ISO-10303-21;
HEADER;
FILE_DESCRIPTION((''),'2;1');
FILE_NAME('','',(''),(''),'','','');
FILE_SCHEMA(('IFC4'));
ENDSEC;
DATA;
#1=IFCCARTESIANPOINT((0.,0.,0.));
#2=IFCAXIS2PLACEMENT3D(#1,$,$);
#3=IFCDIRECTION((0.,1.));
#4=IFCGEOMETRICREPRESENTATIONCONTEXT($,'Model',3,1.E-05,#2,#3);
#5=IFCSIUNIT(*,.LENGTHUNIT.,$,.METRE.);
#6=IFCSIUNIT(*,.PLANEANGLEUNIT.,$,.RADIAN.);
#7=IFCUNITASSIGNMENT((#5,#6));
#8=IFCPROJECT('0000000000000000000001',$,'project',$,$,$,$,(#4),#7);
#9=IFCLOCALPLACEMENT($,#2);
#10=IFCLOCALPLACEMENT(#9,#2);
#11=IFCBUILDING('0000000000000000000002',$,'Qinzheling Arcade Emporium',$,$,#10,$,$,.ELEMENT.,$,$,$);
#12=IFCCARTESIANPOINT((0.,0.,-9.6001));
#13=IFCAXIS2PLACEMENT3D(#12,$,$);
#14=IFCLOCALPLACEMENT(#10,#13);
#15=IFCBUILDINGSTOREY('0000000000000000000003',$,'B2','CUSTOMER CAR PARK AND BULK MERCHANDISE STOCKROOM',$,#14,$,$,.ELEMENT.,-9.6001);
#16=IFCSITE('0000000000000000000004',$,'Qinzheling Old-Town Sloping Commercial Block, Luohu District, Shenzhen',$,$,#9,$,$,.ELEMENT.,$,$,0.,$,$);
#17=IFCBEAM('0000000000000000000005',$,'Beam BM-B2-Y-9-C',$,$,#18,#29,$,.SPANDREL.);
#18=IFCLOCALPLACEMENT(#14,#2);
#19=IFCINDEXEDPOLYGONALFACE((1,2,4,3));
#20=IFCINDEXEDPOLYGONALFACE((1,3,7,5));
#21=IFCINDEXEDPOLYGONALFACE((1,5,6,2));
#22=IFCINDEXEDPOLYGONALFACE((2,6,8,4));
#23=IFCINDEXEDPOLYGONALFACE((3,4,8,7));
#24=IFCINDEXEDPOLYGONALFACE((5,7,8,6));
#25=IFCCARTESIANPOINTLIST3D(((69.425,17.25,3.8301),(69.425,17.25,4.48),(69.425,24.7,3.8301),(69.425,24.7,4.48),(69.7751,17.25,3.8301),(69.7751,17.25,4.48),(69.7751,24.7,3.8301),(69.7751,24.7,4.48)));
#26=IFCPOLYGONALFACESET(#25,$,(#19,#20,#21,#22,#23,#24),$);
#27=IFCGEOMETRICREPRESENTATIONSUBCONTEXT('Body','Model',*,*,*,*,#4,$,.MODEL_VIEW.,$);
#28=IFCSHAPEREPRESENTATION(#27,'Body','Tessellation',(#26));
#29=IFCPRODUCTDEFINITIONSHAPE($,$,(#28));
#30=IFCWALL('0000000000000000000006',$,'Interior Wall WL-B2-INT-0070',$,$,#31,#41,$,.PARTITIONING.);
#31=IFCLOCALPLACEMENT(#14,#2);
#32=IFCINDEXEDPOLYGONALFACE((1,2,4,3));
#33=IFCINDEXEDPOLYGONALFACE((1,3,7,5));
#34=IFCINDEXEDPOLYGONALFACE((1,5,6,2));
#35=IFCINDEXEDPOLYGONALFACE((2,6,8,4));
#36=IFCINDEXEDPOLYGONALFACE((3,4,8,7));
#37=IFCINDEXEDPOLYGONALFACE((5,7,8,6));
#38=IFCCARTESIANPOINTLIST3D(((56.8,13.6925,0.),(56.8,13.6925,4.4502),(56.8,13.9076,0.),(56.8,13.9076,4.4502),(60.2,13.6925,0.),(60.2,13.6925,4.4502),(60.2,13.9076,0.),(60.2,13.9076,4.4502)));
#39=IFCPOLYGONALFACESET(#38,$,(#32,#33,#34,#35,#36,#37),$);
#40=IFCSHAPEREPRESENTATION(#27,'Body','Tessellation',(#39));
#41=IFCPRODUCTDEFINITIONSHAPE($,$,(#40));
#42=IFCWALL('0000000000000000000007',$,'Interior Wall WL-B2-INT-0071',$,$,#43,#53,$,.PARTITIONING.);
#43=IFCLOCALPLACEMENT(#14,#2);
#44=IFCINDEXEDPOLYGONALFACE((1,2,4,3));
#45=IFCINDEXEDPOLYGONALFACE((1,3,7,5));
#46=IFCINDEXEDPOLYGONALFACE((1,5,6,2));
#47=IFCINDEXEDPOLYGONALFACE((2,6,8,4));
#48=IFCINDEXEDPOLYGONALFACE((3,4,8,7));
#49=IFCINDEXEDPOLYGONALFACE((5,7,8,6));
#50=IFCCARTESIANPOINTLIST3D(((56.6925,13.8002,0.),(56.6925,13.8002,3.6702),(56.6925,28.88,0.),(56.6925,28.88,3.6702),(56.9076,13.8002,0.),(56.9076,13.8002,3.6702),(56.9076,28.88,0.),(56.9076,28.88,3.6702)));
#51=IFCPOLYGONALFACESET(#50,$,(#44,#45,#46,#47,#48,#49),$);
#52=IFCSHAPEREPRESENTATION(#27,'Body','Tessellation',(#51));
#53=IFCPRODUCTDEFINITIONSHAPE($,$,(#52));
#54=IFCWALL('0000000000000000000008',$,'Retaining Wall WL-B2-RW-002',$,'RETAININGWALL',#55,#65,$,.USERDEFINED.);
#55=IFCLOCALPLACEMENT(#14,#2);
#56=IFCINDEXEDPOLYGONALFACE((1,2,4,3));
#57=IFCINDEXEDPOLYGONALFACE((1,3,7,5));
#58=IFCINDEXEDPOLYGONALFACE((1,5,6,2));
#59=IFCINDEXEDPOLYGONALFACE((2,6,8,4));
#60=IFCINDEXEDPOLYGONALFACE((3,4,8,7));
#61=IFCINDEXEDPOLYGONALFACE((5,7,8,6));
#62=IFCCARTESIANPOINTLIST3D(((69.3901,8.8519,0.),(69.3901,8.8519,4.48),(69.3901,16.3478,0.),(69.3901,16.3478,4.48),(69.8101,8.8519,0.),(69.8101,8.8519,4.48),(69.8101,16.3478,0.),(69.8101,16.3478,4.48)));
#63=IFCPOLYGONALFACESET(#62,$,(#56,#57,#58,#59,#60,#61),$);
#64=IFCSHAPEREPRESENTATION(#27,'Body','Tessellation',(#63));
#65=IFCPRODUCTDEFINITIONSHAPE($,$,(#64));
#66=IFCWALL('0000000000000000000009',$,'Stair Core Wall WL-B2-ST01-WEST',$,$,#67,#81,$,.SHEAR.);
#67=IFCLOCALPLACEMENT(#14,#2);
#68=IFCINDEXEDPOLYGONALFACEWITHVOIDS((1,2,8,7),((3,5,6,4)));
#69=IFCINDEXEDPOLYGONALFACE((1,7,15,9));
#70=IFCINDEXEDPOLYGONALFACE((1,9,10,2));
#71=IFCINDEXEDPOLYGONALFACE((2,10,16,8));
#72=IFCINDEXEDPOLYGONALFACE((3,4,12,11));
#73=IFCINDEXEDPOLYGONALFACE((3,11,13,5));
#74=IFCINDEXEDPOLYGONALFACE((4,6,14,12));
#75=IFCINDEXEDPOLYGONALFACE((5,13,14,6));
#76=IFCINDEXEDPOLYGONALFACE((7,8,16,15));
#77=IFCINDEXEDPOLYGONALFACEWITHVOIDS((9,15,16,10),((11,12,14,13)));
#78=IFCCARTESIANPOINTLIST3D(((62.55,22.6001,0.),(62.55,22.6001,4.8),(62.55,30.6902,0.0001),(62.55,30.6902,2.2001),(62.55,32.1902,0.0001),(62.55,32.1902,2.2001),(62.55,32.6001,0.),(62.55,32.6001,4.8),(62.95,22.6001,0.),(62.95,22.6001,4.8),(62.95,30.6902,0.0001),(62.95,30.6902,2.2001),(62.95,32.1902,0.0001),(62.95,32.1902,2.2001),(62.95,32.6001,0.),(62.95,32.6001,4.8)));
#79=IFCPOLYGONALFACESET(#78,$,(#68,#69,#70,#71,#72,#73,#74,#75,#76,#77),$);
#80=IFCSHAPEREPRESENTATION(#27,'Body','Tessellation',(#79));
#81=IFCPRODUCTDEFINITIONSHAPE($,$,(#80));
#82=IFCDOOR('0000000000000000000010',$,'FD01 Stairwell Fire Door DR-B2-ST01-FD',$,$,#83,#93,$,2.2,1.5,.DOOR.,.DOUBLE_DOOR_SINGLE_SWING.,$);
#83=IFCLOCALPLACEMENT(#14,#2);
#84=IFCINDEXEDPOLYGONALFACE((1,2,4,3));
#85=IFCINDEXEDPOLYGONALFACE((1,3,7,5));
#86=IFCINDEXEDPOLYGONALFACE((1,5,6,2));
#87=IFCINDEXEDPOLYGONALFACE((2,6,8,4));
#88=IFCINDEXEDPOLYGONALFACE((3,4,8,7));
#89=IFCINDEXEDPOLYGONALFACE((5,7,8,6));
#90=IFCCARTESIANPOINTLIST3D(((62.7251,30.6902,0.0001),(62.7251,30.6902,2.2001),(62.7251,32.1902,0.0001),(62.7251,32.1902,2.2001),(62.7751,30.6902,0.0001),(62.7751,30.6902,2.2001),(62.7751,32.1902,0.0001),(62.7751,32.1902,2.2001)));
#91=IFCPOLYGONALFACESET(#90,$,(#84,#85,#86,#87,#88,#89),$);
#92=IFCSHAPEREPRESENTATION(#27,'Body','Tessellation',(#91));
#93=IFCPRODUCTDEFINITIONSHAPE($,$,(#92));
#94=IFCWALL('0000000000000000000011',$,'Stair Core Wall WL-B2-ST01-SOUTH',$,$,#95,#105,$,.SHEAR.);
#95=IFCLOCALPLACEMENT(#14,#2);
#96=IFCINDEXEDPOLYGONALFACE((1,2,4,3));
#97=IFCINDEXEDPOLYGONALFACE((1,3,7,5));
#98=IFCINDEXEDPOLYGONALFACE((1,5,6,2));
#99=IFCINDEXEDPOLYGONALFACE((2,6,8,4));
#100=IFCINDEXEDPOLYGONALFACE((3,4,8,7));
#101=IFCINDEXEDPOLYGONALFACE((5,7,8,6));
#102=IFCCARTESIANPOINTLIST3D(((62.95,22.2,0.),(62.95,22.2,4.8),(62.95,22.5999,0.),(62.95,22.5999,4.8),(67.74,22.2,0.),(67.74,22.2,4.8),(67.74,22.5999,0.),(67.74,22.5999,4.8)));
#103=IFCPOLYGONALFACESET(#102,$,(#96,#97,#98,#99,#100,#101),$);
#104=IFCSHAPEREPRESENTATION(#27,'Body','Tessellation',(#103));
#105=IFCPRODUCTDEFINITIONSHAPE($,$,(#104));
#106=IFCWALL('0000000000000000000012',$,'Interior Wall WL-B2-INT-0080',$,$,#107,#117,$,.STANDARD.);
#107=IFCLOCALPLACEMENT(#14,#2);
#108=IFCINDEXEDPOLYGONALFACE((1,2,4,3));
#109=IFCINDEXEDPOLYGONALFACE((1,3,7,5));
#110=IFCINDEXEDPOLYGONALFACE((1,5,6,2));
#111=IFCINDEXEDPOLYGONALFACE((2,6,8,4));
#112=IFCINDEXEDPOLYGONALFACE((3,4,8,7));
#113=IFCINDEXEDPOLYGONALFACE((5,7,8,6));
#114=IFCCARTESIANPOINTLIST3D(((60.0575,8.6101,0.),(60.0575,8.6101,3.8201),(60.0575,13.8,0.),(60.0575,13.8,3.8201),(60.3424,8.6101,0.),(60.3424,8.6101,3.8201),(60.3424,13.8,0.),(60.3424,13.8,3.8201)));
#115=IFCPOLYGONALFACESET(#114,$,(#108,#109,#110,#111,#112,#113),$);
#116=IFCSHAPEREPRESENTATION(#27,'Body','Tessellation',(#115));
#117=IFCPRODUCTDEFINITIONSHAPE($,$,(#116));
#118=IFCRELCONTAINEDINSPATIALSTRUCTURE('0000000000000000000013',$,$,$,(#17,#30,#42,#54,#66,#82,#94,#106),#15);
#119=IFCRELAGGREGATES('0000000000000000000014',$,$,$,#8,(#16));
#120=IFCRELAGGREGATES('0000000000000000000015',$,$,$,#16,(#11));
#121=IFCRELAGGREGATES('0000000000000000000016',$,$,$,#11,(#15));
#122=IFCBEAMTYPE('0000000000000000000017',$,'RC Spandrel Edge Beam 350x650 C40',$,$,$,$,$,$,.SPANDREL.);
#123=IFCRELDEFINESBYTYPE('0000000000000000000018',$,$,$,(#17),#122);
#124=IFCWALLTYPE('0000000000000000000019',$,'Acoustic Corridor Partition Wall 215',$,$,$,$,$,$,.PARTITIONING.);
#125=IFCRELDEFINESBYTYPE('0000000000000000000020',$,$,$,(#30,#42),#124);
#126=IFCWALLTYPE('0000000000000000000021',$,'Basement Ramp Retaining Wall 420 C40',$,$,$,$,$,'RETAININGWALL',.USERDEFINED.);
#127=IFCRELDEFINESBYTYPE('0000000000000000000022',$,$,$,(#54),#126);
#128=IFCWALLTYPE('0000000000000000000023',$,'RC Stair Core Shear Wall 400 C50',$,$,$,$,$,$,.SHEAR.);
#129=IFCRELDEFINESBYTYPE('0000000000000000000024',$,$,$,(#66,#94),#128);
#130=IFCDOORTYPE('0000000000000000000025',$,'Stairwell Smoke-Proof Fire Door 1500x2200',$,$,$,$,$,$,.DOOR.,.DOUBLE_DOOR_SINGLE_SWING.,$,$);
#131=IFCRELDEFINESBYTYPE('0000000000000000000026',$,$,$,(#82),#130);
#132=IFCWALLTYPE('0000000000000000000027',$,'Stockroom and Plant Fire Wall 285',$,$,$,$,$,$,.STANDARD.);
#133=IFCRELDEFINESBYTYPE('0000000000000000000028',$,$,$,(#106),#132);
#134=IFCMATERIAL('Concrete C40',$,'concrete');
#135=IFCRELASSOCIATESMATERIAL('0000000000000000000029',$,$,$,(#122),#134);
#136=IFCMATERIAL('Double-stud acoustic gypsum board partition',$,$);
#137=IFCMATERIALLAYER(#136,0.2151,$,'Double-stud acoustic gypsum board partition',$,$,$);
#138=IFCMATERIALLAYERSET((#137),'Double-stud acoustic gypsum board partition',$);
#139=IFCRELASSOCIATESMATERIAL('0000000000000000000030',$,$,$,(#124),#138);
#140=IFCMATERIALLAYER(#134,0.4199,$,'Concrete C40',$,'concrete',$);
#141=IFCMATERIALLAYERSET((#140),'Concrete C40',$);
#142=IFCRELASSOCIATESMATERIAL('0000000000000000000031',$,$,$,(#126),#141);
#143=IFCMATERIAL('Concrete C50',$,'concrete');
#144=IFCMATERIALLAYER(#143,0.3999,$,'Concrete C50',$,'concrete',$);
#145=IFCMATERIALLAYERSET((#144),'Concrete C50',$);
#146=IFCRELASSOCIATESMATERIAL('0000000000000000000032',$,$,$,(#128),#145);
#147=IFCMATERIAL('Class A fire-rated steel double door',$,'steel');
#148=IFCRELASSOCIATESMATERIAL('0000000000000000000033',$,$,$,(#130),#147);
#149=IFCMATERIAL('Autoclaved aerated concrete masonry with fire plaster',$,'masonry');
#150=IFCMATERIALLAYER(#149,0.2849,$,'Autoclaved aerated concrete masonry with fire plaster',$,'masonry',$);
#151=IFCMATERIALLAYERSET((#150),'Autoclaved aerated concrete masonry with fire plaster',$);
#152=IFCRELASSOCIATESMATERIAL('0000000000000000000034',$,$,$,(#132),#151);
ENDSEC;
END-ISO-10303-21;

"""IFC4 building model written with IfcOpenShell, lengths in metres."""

from ifc_helpers import new_model, si_unit, direction, frame, frame_2d, origin, origin_2d, place, context, subcontext, project, spatial, rectangle, extrude, material, layer, layer_set, material_profile, profile_set, type_object, element, fill, save


model = new_model("IFC4")

# Units and contexts
model_context = context("Model", 3, precision=1e-05, world=origin(), true_north=direction((0.0, 1.0)))
body_context = subcontext(model_context, "Body", "Model", "MODEL_VIEW")
ifc_project = project(units=[si_unit("LENGTHUNIT", "METRE"), si_unit("PLANEANGLEUNIT", "RADIAN")], contexts=[model_context])

# Site, building, storey
site_placement = place(None, origin())
site = spatial("IfcSite", under=ifc_project, at=site_placement, Name="Qinzheling Old-Town Sloping Commercial Block, Luohu District, Shenzhen", CompositionType="ELEMENT", RefElevation=0.0)
building_placement = place(site_placement, origin())
building = spatial("IfcBuilding", under=site, at=building_placement, Name="Qinzheling Arcade Emporium", CompositionType="ELEMENT")
storey_placement = place(building_placement, frame((0.0, 0.0, -9.6001)))
storey = spatial("IfcBuildingStorey", under=building, at=storey_placement, Name="B2", Description="CUSTOMER CAR PARK AND BULK MERCHANDISE STOCKROOM", CompositionType="ELEMENT", Elevation=-9.6001)

# Shared definitions
ifc_material_1 = material(Name="Concrete C40", Category="concrete")

# Shared definitions
ifc_material_2 = material(Name="Concrete C50", Category="concrete")

# Beam
ifc_material_profile_1 = material_profile(ifc_material_1, rectangle(XDim=0.3501, YDim=0.6499, at=origin_2d()), Name="RC 350x650", Category="concrete")
ifc_profile_set_1 = profile_set([ifc_material_profile_1], Name="Concrete C40")
beam_type_1 = type_object("IfcBeamType", Name="RC Spandrel Edge Beam 350x650 C40", PredefinedType="SPANDREL", material=ifc_profile_set_1)
beam_1_placement = place(storey_placement, frame((69.6001, 17.25, 4.155), z_axis=(0.0, 1.0, 0.0), x_axis=(-1.0, 0.0, 0.0)))
element("IfcBeam", 1, at=beam_1_placement, inside=storey, type_object=beam_type_1, Name="Beam BM-B2-Y-9-C", PredefinedType="SPANDREL", context=body_context, shape_type="SweptSolid", body=[
    extrude(rectangle(XDim=0.3501, YDim=0.6499, at=origin_2d()), origin(), (0.0, 0.0, 1.0), 7.45),
])

# Walls
ifc_material_3 = material(Name="Double-stud acoustic gypsum board partition")
ifc_layer_1 = layer(ifc_material_3, 0.2151, Name="Double-stud acoustic gypsum board partition")
ifc_layer_set_1 = layer_set([ifc_layer_1], Name="Double-stud acoustic gypsum board partition")
wall_type_1 = type_object("IfcWallType", Name="Acoustic Corridor Partition Wall 215", PredefinedType="PARTITIONING", material=ifc_layer_set_1)
wall_1_placement = place(storey_placement, frame((60.2, 13.8, 0.0), z_axis=(0.0, 0.0, 1.0), x_axis=(-1.0, 0.0, 0.0)))
element("IfcWall", 2, at=wall_1_placement, inside=storey, type_object=wall_type_1, Name="Interior Wall WL-B2-INT-0070", PredefinedType="PARTITIONING", context=body_context, shape_type="SweptSolid", body=[
    extrude(rectangle(XDim=3.3999, YDim=0.2151, at=frame_2d((1.7, 0.0))), origin(), (0.0, 0.0, 1.0), 4.4502),
])
wall_2_placement = place(storey_placement, frame((56.8, 13.8, 0.0), z_axis=(0.0, 0.0, 1.0), x_axis=(0.0, 1.0, 0.0)))
element("IfcWall", 3, at=wall_2_placement, inside=storey, type_object=wall_type_1, Name="Interior Wall WL-B2-INT-0071", PredefinedType="PARTITIONING", context=body_context, shape_type="SweptSolid", body=[
    extrude(rectangle(XDim=15.0798, YDim=0.2151, at=frame_2d((7.54, 0.0))), origin(), (0.0, 0.0, 1.0), 3.6702),
])
ifc_layer_2 = layer(ifc_material_1, 0.4199, Name="Concrete C40", Category="concrete")
ifc_layer_set_2 = layer_set([ifc_layer_2], Name="Concrete C40")
wall_type_2 = type_object("IfcWallType", Name="Basement Ramp Retaining Wall 420 C40", ElementType="RETAININGWALL", PredefinedType="USERDEFINED", material=ifc_layer_set_2)
wall_3_placement = place(storey_placement, frame((69.6001, 16.3479, 0.0), z_axis=(0.0, 0.0, 1.0), x_axis=(0.0, -1.0, 0.0)))
element("IfcWall", 4, at=wall_3_placement, inside=storey, type_object=wall_type_2, Name="Retaining Wall WL-B2-RW-002", ObjectType="RETAININGWALL", PredefinedType="USERDEFINED", context=body_context, shape_type="SweptSolid", body=[
    extrude(rectangle(XDim=7.4958, YDim=0.4199, at=frame_2d((3.748, 0.0))), origin(), (0.0, 0.0, 1.0), 4.48),
])

# Wall, opening, door
ifc_layer_3 = layer(ifc_material_2, 0.3999, Name="Concrete C50", Category="concrete")
ifc_layer_set_3 = layer_set([ifc_layer_3], Name="Concrete C50")
wall_type_3 = type_object("IfcWallType", Name="RC Stair Core Shear Wall 400 C50", PredefinedType="SHEAR", material=ifc_layer_set_3)
wall_4_placement = place(storey_placement, frame((62.75, 22.6001, 0.0), z_axis=(0.0, 0.0, 1.0), x_axis=(0.0, 1.0, 0.0)))
wall_4 = element("IfcWall", 5, at=wall_4_placement, inside=storey, type_object=wall_type_3, Name="Stair Core Wall WL-B2-ST01-WEST", PredefinedType="SHEAR", context=body_context, shape_type="SweptSolid", body=[
    extrude(rectangle(XDim=10.0, YDim=0.3999, at=frame_2d((5.0, 0.0))), origin(), (0.0, 0.0, 1.0), 4.8),
])
opening_placement = place(wall_4_placement, frame((8.0901, 0.0, 0.0)))
opening = element("IfcOpeningElement", 6, at=opening_placement, cuts=wall_4, PredefinedType="OPENING", context=body_context, shape_type="SweptSolid", body=[
    extrude(rectangle(XDim=1.5, YDim=2.2, at=frame_2d((0.75, 1.1001))), frame((0.0, 0.21, 0.0), z_axis=(0.0, -1.0, 0.0), x_axis=(1.0, 0.0, 0.0)), (0.0, 0.0, 1.0), 0.4199),
])
ifc_material_4 = material(Name="Class A fire-rated steel double door", Category="steel")
door_type = type_object("IfcDoorType", Name="Stairwell Smoke-Proof Fire Door 1500x2200", OperationType="DOUBLE_DOOR_SINGLE_SWING", PredefinedType="DOOR", material=ifc_material_4)
door_placement = place(opening_placement, origin())
door = element("IfcDoor", 7, at=door_placement, inside=storey, type_object=door_type, Name="FD01 Stairwell Fire Door DR-B2-ST01-FD", OperationType="DOUBLE_DOOR_SINGLE_SWING", OverallHeight=2.2, OverallWidth=1.5, PredefinedType="DOOR", context=body_context, shape_type="SweptSolid", body=[
    extrude(rectangle(XDim=1.5, YDim=2.2, at=frame_2d((0.75, 1.1001))), frame((0.0, 0.0249, 0.0), z_axis=(0.0, -1.0, 0.0), x_axis=(1.0, 0.0, 0.0)), (0.0, 0.0, 1.0), 0.05),
])
fill(opening, door)

# Walls
wall_5_placement = place(storey_placement, frame((67.74, 22.3999, 0.0), z_axis=(0.0, 0.0, 1.0), x_axis=(-1.0, 0.0, 0.0)))
element("IfcWall", 8, at=wall_5_placement, inside=storey, type_object=wall_type_3, Name="Stair Core Wall WL-B2-ST01-SOUTH", PredefinedType="SHEAR", context=body_context, shape_type="SweptSolid", body=[
    extrude(rectangle(XDim=4.79, YDim=0.3999, at=frame_2d((2.395, 0.0))), origin(), (0.0, 0.0, 1.0), 4.8),
])
ifc_material_5 = material(Name="Autoclaved aerated concrete masonry with fire plaster", Category="masonry")
ifc_layer_4 = layer(ifc_material_5, 0.2849, Name="Autoclaved aerated concrete masonry with fire plaster", Category="masonry")
ifc_layer_set_4 = layer_set([ifc_layer_4], Name="Autoclaved aerated concrete masonry with fire plaster")
wall_type_4 = type_object("IfcWallType", Name="Stockroom and Plant Fire Wall 285", PredefinedType="STANDARD", material=ifc_layer_set_4)
wall_6_placement = place(storey_placement, frame((60.2, 8.6101, 0.0), z_axis=(0.0, 0.0, 1.0), x_axis=(0.0, 1.0, 0.0)))
element("IfcWall", 9, at=wall_6_placement, inside=storey, type_object=wall_type_4, Name="Interior Wall WL-B2-INT-0080", PredefinedType="STANDARD", context=body_context, shape_type="SweptSolid", body=[
    extrude(rectangle(XDim=5.1899, YDim=0.2849, at=frame_2d((2.595, 0.0))), origin(), (0.0, 0.0, 1.0), 3.8201),
])

save(model, "model.ifc")
